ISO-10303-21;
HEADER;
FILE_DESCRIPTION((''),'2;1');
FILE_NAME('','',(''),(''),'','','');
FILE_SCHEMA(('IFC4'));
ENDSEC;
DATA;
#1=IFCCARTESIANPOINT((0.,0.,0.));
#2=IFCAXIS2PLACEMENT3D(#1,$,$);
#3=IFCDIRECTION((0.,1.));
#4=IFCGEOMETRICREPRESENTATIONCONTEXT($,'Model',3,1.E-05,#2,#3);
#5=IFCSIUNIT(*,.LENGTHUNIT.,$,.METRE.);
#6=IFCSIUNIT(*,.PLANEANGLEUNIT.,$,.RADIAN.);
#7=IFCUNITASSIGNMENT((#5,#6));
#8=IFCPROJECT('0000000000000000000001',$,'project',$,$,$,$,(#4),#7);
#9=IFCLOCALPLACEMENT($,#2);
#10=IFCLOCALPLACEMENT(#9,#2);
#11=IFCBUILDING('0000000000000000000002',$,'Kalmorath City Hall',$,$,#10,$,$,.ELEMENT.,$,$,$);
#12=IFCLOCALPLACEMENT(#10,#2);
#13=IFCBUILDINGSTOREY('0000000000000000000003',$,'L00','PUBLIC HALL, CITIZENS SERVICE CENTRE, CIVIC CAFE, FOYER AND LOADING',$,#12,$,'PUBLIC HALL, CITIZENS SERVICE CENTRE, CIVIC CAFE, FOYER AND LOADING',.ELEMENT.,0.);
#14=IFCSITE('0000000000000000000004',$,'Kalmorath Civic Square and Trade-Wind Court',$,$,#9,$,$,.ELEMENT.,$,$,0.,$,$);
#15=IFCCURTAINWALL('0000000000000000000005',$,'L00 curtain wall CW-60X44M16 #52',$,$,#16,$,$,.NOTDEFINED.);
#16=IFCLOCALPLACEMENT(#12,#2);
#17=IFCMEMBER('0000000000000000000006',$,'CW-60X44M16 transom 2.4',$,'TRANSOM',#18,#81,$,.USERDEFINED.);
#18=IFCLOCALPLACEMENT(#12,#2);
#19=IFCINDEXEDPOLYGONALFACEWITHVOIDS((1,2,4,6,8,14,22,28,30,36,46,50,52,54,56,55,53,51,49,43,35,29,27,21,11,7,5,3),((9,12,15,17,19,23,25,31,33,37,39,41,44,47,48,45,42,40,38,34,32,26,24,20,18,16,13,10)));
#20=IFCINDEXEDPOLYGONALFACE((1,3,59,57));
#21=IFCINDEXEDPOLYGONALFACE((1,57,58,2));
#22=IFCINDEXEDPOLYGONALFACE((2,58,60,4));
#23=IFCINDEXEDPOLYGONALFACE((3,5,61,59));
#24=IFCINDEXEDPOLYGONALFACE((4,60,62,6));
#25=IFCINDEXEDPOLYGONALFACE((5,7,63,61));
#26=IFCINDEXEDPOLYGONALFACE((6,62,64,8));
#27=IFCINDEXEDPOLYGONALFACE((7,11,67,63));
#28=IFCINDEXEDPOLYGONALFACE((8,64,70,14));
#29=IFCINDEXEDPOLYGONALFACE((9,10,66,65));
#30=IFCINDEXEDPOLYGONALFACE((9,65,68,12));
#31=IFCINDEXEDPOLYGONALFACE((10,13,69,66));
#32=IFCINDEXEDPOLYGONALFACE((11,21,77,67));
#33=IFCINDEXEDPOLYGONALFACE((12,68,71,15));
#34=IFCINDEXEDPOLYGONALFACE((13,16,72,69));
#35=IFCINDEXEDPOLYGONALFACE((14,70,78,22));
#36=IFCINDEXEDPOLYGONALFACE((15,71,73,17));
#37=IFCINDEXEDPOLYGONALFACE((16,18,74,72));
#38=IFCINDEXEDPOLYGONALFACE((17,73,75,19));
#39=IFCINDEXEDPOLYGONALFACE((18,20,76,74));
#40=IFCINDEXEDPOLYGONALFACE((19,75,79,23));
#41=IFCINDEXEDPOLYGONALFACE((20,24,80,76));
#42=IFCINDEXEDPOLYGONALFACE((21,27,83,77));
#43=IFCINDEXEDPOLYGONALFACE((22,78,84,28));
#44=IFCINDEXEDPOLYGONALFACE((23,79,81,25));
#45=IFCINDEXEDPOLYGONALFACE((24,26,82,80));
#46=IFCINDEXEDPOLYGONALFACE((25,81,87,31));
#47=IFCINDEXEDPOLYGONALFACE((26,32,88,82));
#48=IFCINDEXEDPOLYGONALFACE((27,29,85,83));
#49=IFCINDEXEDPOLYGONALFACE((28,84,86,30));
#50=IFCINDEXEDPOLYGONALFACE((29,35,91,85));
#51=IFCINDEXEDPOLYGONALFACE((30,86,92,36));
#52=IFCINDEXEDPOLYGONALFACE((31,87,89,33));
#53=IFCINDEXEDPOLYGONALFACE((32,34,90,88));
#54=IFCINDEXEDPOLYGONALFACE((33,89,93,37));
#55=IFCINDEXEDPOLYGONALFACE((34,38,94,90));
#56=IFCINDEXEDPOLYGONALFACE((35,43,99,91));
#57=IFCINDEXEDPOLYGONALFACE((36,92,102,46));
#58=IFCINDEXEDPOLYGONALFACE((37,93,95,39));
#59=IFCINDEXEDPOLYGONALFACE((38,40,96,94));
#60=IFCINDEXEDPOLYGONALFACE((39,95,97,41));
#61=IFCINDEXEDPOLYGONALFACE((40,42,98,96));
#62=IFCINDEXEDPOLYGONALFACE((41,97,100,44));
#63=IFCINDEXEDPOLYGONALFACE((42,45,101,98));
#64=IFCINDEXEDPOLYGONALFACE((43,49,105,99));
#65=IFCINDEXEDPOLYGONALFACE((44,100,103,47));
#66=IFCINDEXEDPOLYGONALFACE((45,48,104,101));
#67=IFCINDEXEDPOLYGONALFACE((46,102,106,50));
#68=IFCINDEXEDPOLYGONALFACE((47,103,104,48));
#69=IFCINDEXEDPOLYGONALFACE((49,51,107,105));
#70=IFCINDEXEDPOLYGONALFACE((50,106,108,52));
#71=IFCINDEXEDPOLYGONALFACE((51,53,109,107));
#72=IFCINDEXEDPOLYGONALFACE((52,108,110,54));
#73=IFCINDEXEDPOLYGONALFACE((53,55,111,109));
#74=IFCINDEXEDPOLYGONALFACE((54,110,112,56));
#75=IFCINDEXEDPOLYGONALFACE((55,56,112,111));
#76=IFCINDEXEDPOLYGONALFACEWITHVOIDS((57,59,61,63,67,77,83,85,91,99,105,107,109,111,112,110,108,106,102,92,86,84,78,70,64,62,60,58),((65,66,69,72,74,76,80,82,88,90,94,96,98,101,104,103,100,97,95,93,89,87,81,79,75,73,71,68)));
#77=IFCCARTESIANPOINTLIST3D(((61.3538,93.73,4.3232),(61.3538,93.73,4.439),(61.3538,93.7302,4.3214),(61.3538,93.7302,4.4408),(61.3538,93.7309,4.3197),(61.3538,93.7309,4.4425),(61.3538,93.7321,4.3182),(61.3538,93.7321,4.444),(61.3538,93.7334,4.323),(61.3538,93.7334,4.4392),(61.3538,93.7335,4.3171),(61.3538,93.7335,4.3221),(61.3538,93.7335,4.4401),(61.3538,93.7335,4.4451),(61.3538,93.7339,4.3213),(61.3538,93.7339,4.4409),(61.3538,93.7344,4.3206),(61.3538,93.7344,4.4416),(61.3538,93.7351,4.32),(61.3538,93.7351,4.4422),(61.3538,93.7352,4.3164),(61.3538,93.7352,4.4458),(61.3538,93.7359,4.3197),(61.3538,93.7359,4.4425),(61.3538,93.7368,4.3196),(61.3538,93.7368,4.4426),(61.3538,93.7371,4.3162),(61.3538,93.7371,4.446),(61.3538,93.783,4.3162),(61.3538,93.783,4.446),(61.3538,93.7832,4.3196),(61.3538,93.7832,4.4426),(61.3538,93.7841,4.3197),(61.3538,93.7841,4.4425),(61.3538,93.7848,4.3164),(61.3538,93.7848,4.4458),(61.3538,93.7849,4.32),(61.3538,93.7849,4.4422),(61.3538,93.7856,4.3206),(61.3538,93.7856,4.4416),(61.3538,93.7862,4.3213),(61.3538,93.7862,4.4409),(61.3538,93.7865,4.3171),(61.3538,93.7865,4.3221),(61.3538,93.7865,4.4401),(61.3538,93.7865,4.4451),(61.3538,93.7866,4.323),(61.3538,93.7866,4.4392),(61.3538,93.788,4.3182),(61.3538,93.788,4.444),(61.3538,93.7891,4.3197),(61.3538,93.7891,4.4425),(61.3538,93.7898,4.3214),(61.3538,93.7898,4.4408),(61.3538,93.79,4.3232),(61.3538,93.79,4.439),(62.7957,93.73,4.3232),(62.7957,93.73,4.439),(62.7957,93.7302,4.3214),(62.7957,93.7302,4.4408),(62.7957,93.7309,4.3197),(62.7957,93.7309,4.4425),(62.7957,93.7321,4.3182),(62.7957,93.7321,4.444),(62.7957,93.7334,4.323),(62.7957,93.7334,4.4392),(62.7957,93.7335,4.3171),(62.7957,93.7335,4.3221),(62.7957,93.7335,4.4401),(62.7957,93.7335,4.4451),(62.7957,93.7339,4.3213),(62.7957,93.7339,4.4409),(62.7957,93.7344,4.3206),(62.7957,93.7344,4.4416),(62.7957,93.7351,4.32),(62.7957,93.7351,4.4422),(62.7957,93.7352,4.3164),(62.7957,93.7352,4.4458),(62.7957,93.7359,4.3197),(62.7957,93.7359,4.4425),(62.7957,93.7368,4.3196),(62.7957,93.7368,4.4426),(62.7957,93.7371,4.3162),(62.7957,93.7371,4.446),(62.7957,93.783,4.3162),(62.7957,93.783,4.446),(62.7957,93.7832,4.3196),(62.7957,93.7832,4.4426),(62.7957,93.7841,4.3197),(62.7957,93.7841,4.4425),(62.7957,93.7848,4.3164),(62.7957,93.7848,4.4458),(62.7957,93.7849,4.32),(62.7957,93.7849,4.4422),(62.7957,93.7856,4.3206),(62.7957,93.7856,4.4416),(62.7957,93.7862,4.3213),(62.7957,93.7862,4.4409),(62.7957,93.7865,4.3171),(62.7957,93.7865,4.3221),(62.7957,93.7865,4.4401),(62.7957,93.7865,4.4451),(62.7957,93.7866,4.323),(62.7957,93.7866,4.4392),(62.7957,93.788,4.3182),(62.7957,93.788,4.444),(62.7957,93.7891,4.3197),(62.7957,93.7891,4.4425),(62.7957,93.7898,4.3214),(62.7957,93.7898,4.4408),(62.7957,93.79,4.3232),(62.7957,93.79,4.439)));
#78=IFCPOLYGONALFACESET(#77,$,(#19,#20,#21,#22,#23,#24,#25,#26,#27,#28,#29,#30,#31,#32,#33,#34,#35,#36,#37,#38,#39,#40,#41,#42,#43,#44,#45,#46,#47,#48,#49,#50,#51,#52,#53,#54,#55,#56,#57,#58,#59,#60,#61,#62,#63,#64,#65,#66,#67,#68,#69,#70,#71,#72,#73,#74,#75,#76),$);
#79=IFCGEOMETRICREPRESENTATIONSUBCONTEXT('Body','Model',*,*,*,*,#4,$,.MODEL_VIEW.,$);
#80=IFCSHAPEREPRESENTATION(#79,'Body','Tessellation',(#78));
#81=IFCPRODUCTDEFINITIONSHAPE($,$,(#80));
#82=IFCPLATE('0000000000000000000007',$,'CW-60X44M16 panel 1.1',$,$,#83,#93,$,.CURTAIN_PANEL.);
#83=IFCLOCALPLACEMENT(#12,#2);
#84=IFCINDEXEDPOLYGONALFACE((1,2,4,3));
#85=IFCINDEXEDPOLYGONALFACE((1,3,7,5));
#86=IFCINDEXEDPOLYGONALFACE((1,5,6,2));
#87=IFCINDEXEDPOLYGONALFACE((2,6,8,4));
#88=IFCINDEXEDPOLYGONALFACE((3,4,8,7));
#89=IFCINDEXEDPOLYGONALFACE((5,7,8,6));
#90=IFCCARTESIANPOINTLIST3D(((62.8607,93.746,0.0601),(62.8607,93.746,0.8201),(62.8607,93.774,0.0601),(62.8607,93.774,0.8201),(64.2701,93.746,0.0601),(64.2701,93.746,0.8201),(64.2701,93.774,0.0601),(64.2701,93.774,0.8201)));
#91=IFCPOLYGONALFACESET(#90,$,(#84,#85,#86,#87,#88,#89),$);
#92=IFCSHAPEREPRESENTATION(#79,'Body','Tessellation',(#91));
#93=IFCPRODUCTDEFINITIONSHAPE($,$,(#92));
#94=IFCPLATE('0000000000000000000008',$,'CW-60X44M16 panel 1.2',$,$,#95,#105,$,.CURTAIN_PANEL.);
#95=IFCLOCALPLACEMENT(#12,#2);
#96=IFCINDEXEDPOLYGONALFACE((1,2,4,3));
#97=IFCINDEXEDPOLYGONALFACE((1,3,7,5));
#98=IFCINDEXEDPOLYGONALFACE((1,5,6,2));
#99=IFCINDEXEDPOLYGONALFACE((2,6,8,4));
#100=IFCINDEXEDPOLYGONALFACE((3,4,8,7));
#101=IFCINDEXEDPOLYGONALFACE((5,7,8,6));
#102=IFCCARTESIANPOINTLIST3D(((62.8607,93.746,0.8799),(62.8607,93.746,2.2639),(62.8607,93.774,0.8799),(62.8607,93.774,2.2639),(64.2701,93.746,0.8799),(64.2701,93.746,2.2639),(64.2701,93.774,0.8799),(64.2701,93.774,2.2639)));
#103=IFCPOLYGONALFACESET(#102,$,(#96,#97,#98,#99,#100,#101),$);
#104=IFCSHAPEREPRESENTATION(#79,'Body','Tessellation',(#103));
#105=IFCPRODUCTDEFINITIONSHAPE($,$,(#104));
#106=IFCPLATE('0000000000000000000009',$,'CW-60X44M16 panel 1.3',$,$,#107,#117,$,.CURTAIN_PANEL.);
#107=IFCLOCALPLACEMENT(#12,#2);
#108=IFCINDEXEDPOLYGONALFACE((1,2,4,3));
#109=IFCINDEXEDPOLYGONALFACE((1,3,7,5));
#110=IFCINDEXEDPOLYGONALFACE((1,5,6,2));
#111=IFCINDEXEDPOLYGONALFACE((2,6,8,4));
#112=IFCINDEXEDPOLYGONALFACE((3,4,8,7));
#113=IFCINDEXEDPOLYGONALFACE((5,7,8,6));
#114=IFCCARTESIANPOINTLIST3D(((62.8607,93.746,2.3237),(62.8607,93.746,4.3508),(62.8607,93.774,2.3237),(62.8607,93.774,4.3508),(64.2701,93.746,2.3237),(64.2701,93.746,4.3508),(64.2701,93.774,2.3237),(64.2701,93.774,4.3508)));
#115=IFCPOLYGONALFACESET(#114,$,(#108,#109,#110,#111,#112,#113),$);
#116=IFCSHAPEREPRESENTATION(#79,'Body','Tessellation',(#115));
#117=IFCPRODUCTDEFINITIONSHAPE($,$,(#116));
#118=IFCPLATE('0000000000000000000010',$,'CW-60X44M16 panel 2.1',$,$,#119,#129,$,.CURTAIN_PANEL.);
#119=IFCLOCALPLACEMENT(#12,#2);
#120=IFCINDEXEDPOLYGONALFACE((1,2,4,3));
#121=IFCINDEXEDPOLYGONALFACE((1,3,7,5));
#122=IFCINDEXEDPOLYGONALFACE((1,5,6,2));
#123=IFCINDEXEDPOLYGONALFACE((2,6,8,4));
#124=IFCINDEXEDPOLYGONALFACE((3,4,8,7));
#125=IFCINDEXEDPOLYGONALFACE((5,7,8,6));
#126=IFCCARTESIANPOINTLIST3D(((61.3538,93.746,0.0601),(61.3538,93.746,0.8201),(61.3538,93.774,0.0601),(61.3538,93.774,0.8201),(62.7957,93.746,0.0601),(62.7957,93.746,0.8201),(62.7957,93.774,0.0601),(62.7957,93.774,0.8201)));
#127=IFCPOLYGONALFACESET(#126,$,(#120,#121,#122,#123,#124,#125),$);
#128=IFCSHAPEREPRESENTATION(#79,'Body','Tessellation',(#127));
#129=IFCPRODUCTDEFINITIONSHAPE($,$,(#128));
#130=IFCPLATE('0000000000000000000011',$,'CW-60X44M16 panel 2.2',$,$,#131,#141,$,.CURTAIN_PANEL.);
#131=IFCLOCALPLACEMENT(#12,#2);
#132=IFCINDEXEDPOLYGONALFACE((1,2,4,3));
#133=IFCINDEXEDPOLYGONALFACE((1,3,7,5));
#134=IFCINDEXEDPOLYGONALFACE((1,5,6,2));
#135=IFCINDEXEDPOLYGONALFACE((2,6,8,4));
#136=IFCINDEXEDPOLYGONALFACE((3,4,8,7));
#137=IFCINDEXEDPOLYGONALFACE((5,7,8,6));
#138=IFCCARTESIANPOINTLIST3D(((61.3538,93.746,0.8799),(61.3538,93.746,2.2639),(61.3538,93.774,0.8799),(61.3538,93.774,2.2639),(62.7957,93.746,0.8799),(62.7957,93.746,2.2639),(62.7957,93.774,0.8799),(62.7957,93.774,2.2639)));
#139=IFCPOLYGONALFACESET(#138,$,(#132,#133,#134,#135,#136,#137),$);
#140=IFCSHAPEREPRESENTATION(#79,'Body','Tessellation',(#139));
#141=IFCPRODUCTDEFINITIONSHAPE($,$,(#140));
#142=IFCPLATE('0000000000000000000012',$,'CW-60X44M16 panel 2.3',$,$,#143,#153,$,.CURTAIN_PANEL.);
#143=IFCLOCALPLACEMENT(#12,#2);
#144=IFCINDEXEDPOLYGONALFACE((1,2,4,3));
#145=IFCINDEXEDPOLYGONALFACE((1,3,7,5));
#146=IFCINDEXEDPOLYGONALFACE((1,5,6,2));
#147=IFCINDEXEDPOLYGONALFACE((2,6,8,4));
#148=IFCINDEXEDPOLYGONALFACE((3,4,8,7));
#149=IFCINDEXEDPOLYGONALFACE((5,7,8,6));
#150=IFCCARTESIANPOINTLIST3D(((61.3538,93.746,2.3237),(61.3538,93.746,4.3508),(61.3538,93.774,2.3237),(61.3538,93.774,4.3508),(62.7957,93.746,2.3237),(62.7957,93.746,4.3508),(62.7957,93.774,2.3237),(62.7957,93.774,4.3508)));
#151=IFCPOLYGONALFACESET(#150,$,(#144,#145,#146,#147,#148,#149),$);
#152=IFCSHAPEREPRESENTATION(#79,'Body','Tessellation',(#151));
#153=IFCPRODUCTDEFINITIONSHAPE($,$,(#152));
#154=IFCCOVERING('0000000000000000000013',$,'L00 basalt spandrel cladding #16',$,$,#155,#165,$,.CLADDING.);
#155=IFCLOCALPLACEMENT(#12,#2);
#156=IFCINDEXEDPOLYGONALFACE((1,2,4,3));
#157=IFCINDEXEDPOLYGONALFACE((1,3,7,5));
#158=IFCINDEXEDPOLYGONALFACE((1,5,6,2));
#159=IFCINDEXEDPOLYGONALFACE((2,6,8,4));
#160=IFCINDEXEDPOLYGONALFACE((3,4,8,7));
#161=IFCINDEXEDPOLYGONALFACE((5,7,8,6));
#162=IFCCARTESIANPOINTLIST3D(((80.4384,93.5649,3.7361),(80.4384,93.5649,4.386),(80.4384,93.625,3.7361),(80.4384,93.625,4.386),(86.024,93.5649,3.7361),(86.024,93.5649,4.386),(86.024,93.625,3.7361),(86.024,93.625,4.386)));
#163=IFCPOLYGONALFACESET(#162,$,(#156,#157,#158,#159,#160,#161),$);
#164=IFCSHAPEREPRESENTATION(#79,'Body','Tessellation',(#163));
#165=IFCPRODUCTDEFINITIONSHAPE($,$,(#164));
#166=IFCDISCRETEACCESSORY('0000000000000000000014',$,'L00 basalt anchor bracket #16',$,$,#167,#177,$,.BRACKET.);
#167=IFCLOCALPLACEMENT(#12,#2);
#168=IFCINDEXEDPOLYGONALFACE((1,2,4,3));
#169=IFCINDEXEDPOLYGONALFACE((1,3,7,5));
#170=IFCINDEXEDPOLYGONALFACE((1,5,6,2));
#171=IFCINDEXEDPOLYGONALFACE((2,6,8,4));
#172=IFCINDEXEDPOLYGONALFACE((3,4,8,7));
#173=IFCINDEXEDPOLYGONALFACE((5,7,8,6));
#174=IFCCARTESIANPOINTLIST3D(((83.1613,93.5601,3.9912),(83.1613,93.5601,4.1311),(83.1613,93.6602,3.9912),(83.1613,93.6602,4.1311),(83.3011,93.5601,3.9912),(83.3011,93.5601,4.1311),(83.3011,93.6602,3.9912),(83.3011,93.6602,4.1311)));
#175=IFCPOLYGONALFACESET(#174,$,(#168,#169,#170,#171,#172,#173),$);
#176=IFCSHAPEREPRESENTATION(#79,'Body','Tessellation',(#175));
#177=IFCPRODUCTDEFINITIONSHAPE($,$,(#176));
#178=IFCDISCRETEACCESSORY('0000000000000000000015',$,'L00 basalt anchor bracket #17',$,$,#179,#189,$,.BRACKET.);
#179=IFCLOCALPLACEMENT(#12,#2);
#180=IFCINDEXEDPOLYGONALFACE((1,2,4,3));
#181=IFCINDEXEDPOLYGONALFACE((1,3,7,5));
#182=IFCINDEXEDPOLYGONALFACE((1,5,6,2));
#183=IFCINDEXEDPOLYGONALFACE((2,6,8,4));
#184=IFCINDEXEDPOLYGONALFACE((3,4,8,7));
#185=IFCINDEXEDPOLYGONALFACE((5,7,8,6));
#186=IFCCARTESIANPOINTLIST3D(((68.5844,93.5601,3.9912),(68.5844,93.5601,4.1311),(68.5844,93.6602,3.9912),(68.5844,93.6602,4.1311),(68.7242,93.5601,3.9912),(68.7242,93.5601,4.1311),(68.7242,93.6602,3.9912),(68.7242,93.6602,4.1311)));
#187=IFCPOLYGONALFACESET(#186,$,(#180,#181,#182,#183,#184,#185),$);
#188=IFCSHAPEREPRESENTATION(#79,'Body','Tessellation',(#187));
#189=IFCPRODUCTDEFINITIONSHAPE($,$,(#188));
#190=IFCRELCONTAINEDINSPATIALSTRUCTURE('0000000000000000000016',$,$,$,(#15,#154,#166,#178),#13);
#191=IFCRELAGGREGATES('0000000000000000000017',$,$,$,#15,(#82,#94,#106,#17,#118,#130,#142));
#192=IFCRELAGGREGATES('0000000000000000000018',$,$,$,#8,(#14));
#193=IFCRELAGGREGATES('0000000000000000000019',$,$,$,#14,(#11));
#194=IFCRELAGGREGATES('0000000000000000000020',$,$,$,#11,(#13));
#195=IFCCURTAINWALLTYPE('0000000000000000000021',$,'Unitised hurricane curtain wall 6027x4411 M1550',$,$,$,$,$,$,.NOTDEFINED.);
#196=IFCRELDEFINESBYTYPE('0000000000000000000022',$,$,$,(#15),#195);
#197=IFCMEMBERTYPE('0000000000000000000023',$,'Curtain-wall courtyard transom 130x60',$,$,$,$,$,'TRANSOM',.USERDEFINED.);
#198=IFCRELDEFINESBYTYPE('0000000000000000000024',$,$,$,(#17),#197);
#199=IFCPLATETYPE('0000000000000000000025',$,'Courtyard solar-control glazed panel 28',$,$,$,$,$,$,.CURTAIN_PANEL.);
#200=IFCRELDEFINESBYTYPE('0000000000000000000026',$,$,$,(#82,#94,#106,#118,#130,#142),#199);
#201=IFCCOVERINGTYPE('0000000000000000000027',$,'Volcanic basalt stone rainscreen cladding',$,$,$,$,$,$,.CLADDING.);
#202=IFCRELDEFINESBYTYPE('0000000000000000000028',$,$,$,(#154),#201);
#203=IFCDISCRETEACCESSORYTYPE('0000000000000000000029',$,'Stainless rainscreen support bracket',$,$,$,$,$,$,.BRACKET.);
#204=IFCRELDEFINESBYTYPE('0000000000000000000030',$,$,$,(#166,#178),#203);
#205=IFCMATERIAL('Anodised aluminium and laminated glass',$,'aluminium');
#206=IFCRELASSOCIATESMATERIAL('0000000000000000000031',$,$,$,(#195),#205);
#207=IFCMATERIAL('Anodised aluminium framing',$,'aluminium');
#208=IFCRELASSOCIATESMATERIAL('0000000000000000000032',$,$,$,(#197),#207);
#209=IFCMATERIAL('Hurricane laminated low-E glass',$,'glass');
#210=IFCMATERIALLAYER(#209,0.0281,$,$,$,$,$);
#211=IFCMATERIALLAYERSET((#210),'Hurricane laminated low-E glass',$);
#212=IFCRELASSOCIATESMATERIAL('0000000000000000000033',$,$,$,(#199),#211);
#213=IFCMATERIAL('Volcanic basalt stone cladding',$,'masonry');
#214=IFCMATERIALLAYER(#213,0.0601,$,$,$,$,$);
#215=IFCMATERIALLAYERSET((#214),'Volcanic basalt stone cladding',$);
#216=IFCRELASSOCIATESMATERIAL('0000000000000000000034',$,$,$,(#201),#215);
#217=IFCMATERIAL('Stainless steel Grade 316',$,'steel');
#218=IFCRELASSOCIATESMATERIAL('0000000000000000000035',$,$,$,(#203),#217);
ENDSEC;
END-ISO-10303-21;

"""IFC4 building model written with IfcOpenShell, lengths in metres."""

from ifc_helpers import new_model, si_unit, direction, frame, origin, origin_2d, place, context, subcontext, project, spatial, rectangle, hollow_rectangle, extrude, material, layer, layer_set, material_profile, profile_set, type_object, element, aggregate, save


model = new_model("IFC4")

# Units and contexts
model_context = context("Model", 3, precision=1e-05, world=origin(), true_north=direction((0.0, 1.0)))
body_context = subcontext(model_context, "Body", "Model", "MODEL_VIEW")
ifc_project = project(units=[si_unit("LENGTHUNIT", "METRE"), si_unit("PLANEANGLEUNIT", "RADIAN")], contexts=[model_context])

# Site, building, storey
site_placement = place(None, origin())
site = spatial("IfcSite", under=ifc_project, at=site_placement, Name="Kalmorath Civic Square and Trade-Wind Court", CompositionType="ELEMENT", RefElevation=0.0)
building_placement = place(site_placement, origin())
building = spatial("IfcBuilding", under=site, at=building_placement, Name="Kalmorath City Hall", CompositionType="ELEMENT")
storey_placement = place(building_placement, origin())
storey = spatial("IfcBuildingStorey", under=building, at=storey_placement, Name="L00", Description="PUBLIC HALL, CITIZENS SERVICE CENTRE, CIVIC CAFE, FOYER AND LOADING", LongName="PUBLIC HALL, CITIZENS SERVICE CENTRE, CIVIC CAFE, FOYER AND LOADING", CompositionType="ELEMENT", Elevation=0.0)

# Curtain wall, member, plates
ifc_material_1 = material(Name="Anodised aluminium and laminated glass", Category="aluminium")
curtain_wall_type = type_object("IfcCurtainWallType", Name="Unitised hurricane curtain wall 6027x4411 M1550", PredefinedType="NOTDEFINED", material=ifc_material_1)
curtain_wall_placement = place(storey_placement, origin())
curtain_wall = element("IfcCurtainWall", 1, at=curtain_wall_placement, inside=storey, type_object=curtain_wall_type, Name="L00 curtain wall CW-60X44M16 #52", PredefinedType="NOTDEFINED")
ifc_material_2 = material(Name="Anodised aluminium framing", Category="aluminium")
ifc_material_profile_1 = material_profile(ifc_material_2, hollow_rectangle(XDim=0.0601, YDim=0.1299, WallThickness=0.0034, InnerFilletRadius=0.0034, OuterFilletRadius=0.0071, at=origin_2d()), Name="ALU-TRN-130X60X3.5")
ifc_profile_set_1 = profile_set([ifc_material_profile_1], Name="Anodised aluminium framing")
member_type_1 = type_object("IfcMemberType", Name="Curtain-wall courtyard transom 130x60", ElementType="TRANSOM", PredefinedType="USERDEFINED", material=ifc_profile_set_1)
member_1_placement = place(storey_placement, frame((62.7957, 93.76, 4.3811), z_axis=(-1.0, 0.0, 0.0), x_axis=(0.0, -1.0, 0.0)))
member_1 = element("IfcMember", 2, at=member_1_placement, type_object=member_type_1, Name="CW-60X44M16 transom 2.4", ObjectType="TRANSOM", PredefinedType="USERDEFINED", context=body_context, shape_type="SweptSolid", body=[
    extrude(hollow_rectangle(XDim=0.0601, YDim=0.1299, WallThickness=0.0034, InnerFilletRadius=0.0034, OuterFilletRadius=0.0071, at=origin_2d()), origin(), (0.0, 0.0, 1.0), 1.4419),
])
ifc_material_3 = material(Name="Hurricane laminated low-E glass", Category="glass")
ifc_layer_1 = layer(ifc_material_3, 0.0281)
ifc_layer_set_1 = layer_set([ifc_layer_1], Name="Hurricane laminated low-E glass")
plate_type = type_object("IfcPlateType", Name="Courtyard solar-control glazed panel 28", PredefinedType="CURTAIN_PANEL", material=ifc_layer_set_1)
plate_1_placement = place(storey_placement, frame((63.5654, 93.76, 0.0601), z_axis=(0.0, 0.0, 1.0), x_axis=(-1.0, 0.0, 0.0)))
plate_1 = element("IfcPlate", 3, at=plate_1_placement, type_object=plate_type, Name="CW-60X44M16 panel 1.1", PredefinedType="CURTAIN_PANEL", context=body_context, shape_type="SweptSolid", body=[
    extrude(rectangle(XDim=1.4094, YDim=0.0281, at=origin_2d()), origin(), (0.0, 0.0, 1.0), 0.76),
])
plate_2_placement = place(storey_placement, frame((63.5654, 93.76, 0.8799), z_axis=(0.0, 0.0, 1.0), x_axis=(-1.0, 0.0, 0.0)))
plate_2 = element("IfcPlate", 4, at=plate_2_placement, type_object=plate_type, Name="CW-60X44M16 panel 1.2", PredefinedType="CURTAIN_PANEL", context=body_context, shape_type="SweptSolid", body=[
    extrude(rectangle(XDim=1.4094, YDim=0.0281, at=origin_2d()), origin(), (0.0, 0.0, 1.0), 1.384),
])
plate_3_placement = place(storey_placement, frame((63.5654, 93.76, 2.3237), z_axis=(0.0, 0.0, 1.0), x_axis=(-1.0, 0.0, 0.0)))
plate_3 = element("IfcPlate", 5, at=plate_3_placement, type_object=plate_type, Name="CW-60X44M16 panel 1.3", PredefinedType="CURTAIN_PANEL", context=body_context, shape_type="SweptSolid", body=[
    extrude(rectangle(XDim=1.4094, YDim=0.0281, at=origin_2d()), origin(), (0.0, 0.0, 1.0), 2.0271),
])
plate_4_placement = place(storey_placement, frame((62.0747, 93.76, 0.0601), z_axis=(0.0, 0.0, 1.0), x_axis=(-1.0, 0.0, 0.0)))
plate_4 = element("IfcPlate", 6, at=plate_4_placement, type_object=plate_type, Name="CW-60X44M16 panel 2.1", PredefinedType="CURTAIN_PANEL", context=body_context, shape_type="SweptSolid", body=[
    extrude(rectangle(XDim=1.4419, YDim=0.0281, at=origin_2d()), origin(), (0.0, 0.0, 1.0), 0.76),
])
plate_5_placement = place(storey_placement, frame((62.0747, 93.76, 0.8799), z_axis=(0.0, 0.0, 1.0), x_axis=(-1.0, 0.0, 0.0)))
plate_5 = element("IfcPlate", 7, at=plate_5_placement, type_object=plate_type, Name="CW-60X44M16 panel 2.2", PredefinedType="CURTAIN_PANEL", context=body_context, shape_type="SweptSolid", body=[
    extrude(rectangle(XDim=1.4419, YDim=0.0281, at=origin_2d()), origin(), (0.0, 0.0, 1.0), 1.384),
])
plate_6_placement = place(storey_placement, frame((62.0747, 93.76, 2.3237), z_axis=(0.0, 0.0, 1.0), x_axis=(-1.0, 0.0, 0.0)))
plate_6 = element("IfcPlate", 8, at=plate_6_placement, type_object=plate_type, Name="CW-60X44M16 panel 2.3", PredefinedType="CURTAIN_PANEL", context=body_context, shape_type="SweptSolid", body=[
    extrude(rectangle(XDim=1.4419, YDim=0.0281, at=origin_2d()), origin(), (0.0, 0.0, 1.0), 2.0271),
])
aggregate(curtain_wall, [plate_1, plate_2, plate_3, member_1, plate_4, plate_5, plate_6])

# Covering
ifc_material_4 = material(Name="Volcanic basalt stone cladding", Category="masonry")
ifc_layer_2 = layer(ifc_material_4, 0.0601)
ifc_layer_set_2 = layer_set([ifc_layer_2], Name="Volcanic basalt stone cladding")
covering_type = type_object("IfcCoveringType", Name="Volcanic basalt stone rainscreen cladding", PredefinedType="CLADDING", material=ifc_layer_set_2)
covering_placement = place(storey_placement, frame((83.2312, 93.595, 3.7361), z_axis=(0.0, 0.0, 1.0), x_axis=(-1.0, 0.0, 0.0)))
element("IfcCovering", 9, at=covering_placement, inside=storey, type_object=covering_type, Name="L00 basalt spandrel cladding #16", PredefinedType="CLADDING", context=body_context, shape_type="SweptSolid", body=[
    extrude(rectangle(XDim=5.5857, YDim=0.0601, at=origin_2d()), origin(), (0.0, 0.0, 1.0), 0.6499),
])

# Discrete accessories
ifc_material_5 = material(Name="Stainless steel Grade 316", Category="steel")
discrete_accessory_type = type_object("IfcDiscreteAccessoryType", Name="Stainless rainscreen support bracket", PredefinedType="BRACKET", material=ifc_material_5)
for number, where, z_axis, x_axis, name in (
    (10, (83.2312, 93.6101, 3.9912), (0.0, 0.0, 1.0), (-1.0, 0.0, 0.0), "L00 basalt anchor bracket #16"),
    (11, (68.6543, 93.6101, 3.9912), (0.0, 0.0, 1.0), (-1.0, 0.0, 0.0), "L00 basalt anchor bracket #17"),
):
    element("IfcDiscreteAccessory", number, at=place(storey_placement, frame(where, z_axis=z_axis, x_axis=x_axis)), inside=storey, type_object=discrete_accessory_type, Name=name, PredefinedType="BRACKET", context=body_context, shape_type="SweptSolid", body=[
        extrude(rectangle(XDim=0.1399, YDim=0.1001, at=origin_2d()), origin(), (0.0, 0.0, 1.0), 0.1399),
    ])

save(model, "model.ifc")
